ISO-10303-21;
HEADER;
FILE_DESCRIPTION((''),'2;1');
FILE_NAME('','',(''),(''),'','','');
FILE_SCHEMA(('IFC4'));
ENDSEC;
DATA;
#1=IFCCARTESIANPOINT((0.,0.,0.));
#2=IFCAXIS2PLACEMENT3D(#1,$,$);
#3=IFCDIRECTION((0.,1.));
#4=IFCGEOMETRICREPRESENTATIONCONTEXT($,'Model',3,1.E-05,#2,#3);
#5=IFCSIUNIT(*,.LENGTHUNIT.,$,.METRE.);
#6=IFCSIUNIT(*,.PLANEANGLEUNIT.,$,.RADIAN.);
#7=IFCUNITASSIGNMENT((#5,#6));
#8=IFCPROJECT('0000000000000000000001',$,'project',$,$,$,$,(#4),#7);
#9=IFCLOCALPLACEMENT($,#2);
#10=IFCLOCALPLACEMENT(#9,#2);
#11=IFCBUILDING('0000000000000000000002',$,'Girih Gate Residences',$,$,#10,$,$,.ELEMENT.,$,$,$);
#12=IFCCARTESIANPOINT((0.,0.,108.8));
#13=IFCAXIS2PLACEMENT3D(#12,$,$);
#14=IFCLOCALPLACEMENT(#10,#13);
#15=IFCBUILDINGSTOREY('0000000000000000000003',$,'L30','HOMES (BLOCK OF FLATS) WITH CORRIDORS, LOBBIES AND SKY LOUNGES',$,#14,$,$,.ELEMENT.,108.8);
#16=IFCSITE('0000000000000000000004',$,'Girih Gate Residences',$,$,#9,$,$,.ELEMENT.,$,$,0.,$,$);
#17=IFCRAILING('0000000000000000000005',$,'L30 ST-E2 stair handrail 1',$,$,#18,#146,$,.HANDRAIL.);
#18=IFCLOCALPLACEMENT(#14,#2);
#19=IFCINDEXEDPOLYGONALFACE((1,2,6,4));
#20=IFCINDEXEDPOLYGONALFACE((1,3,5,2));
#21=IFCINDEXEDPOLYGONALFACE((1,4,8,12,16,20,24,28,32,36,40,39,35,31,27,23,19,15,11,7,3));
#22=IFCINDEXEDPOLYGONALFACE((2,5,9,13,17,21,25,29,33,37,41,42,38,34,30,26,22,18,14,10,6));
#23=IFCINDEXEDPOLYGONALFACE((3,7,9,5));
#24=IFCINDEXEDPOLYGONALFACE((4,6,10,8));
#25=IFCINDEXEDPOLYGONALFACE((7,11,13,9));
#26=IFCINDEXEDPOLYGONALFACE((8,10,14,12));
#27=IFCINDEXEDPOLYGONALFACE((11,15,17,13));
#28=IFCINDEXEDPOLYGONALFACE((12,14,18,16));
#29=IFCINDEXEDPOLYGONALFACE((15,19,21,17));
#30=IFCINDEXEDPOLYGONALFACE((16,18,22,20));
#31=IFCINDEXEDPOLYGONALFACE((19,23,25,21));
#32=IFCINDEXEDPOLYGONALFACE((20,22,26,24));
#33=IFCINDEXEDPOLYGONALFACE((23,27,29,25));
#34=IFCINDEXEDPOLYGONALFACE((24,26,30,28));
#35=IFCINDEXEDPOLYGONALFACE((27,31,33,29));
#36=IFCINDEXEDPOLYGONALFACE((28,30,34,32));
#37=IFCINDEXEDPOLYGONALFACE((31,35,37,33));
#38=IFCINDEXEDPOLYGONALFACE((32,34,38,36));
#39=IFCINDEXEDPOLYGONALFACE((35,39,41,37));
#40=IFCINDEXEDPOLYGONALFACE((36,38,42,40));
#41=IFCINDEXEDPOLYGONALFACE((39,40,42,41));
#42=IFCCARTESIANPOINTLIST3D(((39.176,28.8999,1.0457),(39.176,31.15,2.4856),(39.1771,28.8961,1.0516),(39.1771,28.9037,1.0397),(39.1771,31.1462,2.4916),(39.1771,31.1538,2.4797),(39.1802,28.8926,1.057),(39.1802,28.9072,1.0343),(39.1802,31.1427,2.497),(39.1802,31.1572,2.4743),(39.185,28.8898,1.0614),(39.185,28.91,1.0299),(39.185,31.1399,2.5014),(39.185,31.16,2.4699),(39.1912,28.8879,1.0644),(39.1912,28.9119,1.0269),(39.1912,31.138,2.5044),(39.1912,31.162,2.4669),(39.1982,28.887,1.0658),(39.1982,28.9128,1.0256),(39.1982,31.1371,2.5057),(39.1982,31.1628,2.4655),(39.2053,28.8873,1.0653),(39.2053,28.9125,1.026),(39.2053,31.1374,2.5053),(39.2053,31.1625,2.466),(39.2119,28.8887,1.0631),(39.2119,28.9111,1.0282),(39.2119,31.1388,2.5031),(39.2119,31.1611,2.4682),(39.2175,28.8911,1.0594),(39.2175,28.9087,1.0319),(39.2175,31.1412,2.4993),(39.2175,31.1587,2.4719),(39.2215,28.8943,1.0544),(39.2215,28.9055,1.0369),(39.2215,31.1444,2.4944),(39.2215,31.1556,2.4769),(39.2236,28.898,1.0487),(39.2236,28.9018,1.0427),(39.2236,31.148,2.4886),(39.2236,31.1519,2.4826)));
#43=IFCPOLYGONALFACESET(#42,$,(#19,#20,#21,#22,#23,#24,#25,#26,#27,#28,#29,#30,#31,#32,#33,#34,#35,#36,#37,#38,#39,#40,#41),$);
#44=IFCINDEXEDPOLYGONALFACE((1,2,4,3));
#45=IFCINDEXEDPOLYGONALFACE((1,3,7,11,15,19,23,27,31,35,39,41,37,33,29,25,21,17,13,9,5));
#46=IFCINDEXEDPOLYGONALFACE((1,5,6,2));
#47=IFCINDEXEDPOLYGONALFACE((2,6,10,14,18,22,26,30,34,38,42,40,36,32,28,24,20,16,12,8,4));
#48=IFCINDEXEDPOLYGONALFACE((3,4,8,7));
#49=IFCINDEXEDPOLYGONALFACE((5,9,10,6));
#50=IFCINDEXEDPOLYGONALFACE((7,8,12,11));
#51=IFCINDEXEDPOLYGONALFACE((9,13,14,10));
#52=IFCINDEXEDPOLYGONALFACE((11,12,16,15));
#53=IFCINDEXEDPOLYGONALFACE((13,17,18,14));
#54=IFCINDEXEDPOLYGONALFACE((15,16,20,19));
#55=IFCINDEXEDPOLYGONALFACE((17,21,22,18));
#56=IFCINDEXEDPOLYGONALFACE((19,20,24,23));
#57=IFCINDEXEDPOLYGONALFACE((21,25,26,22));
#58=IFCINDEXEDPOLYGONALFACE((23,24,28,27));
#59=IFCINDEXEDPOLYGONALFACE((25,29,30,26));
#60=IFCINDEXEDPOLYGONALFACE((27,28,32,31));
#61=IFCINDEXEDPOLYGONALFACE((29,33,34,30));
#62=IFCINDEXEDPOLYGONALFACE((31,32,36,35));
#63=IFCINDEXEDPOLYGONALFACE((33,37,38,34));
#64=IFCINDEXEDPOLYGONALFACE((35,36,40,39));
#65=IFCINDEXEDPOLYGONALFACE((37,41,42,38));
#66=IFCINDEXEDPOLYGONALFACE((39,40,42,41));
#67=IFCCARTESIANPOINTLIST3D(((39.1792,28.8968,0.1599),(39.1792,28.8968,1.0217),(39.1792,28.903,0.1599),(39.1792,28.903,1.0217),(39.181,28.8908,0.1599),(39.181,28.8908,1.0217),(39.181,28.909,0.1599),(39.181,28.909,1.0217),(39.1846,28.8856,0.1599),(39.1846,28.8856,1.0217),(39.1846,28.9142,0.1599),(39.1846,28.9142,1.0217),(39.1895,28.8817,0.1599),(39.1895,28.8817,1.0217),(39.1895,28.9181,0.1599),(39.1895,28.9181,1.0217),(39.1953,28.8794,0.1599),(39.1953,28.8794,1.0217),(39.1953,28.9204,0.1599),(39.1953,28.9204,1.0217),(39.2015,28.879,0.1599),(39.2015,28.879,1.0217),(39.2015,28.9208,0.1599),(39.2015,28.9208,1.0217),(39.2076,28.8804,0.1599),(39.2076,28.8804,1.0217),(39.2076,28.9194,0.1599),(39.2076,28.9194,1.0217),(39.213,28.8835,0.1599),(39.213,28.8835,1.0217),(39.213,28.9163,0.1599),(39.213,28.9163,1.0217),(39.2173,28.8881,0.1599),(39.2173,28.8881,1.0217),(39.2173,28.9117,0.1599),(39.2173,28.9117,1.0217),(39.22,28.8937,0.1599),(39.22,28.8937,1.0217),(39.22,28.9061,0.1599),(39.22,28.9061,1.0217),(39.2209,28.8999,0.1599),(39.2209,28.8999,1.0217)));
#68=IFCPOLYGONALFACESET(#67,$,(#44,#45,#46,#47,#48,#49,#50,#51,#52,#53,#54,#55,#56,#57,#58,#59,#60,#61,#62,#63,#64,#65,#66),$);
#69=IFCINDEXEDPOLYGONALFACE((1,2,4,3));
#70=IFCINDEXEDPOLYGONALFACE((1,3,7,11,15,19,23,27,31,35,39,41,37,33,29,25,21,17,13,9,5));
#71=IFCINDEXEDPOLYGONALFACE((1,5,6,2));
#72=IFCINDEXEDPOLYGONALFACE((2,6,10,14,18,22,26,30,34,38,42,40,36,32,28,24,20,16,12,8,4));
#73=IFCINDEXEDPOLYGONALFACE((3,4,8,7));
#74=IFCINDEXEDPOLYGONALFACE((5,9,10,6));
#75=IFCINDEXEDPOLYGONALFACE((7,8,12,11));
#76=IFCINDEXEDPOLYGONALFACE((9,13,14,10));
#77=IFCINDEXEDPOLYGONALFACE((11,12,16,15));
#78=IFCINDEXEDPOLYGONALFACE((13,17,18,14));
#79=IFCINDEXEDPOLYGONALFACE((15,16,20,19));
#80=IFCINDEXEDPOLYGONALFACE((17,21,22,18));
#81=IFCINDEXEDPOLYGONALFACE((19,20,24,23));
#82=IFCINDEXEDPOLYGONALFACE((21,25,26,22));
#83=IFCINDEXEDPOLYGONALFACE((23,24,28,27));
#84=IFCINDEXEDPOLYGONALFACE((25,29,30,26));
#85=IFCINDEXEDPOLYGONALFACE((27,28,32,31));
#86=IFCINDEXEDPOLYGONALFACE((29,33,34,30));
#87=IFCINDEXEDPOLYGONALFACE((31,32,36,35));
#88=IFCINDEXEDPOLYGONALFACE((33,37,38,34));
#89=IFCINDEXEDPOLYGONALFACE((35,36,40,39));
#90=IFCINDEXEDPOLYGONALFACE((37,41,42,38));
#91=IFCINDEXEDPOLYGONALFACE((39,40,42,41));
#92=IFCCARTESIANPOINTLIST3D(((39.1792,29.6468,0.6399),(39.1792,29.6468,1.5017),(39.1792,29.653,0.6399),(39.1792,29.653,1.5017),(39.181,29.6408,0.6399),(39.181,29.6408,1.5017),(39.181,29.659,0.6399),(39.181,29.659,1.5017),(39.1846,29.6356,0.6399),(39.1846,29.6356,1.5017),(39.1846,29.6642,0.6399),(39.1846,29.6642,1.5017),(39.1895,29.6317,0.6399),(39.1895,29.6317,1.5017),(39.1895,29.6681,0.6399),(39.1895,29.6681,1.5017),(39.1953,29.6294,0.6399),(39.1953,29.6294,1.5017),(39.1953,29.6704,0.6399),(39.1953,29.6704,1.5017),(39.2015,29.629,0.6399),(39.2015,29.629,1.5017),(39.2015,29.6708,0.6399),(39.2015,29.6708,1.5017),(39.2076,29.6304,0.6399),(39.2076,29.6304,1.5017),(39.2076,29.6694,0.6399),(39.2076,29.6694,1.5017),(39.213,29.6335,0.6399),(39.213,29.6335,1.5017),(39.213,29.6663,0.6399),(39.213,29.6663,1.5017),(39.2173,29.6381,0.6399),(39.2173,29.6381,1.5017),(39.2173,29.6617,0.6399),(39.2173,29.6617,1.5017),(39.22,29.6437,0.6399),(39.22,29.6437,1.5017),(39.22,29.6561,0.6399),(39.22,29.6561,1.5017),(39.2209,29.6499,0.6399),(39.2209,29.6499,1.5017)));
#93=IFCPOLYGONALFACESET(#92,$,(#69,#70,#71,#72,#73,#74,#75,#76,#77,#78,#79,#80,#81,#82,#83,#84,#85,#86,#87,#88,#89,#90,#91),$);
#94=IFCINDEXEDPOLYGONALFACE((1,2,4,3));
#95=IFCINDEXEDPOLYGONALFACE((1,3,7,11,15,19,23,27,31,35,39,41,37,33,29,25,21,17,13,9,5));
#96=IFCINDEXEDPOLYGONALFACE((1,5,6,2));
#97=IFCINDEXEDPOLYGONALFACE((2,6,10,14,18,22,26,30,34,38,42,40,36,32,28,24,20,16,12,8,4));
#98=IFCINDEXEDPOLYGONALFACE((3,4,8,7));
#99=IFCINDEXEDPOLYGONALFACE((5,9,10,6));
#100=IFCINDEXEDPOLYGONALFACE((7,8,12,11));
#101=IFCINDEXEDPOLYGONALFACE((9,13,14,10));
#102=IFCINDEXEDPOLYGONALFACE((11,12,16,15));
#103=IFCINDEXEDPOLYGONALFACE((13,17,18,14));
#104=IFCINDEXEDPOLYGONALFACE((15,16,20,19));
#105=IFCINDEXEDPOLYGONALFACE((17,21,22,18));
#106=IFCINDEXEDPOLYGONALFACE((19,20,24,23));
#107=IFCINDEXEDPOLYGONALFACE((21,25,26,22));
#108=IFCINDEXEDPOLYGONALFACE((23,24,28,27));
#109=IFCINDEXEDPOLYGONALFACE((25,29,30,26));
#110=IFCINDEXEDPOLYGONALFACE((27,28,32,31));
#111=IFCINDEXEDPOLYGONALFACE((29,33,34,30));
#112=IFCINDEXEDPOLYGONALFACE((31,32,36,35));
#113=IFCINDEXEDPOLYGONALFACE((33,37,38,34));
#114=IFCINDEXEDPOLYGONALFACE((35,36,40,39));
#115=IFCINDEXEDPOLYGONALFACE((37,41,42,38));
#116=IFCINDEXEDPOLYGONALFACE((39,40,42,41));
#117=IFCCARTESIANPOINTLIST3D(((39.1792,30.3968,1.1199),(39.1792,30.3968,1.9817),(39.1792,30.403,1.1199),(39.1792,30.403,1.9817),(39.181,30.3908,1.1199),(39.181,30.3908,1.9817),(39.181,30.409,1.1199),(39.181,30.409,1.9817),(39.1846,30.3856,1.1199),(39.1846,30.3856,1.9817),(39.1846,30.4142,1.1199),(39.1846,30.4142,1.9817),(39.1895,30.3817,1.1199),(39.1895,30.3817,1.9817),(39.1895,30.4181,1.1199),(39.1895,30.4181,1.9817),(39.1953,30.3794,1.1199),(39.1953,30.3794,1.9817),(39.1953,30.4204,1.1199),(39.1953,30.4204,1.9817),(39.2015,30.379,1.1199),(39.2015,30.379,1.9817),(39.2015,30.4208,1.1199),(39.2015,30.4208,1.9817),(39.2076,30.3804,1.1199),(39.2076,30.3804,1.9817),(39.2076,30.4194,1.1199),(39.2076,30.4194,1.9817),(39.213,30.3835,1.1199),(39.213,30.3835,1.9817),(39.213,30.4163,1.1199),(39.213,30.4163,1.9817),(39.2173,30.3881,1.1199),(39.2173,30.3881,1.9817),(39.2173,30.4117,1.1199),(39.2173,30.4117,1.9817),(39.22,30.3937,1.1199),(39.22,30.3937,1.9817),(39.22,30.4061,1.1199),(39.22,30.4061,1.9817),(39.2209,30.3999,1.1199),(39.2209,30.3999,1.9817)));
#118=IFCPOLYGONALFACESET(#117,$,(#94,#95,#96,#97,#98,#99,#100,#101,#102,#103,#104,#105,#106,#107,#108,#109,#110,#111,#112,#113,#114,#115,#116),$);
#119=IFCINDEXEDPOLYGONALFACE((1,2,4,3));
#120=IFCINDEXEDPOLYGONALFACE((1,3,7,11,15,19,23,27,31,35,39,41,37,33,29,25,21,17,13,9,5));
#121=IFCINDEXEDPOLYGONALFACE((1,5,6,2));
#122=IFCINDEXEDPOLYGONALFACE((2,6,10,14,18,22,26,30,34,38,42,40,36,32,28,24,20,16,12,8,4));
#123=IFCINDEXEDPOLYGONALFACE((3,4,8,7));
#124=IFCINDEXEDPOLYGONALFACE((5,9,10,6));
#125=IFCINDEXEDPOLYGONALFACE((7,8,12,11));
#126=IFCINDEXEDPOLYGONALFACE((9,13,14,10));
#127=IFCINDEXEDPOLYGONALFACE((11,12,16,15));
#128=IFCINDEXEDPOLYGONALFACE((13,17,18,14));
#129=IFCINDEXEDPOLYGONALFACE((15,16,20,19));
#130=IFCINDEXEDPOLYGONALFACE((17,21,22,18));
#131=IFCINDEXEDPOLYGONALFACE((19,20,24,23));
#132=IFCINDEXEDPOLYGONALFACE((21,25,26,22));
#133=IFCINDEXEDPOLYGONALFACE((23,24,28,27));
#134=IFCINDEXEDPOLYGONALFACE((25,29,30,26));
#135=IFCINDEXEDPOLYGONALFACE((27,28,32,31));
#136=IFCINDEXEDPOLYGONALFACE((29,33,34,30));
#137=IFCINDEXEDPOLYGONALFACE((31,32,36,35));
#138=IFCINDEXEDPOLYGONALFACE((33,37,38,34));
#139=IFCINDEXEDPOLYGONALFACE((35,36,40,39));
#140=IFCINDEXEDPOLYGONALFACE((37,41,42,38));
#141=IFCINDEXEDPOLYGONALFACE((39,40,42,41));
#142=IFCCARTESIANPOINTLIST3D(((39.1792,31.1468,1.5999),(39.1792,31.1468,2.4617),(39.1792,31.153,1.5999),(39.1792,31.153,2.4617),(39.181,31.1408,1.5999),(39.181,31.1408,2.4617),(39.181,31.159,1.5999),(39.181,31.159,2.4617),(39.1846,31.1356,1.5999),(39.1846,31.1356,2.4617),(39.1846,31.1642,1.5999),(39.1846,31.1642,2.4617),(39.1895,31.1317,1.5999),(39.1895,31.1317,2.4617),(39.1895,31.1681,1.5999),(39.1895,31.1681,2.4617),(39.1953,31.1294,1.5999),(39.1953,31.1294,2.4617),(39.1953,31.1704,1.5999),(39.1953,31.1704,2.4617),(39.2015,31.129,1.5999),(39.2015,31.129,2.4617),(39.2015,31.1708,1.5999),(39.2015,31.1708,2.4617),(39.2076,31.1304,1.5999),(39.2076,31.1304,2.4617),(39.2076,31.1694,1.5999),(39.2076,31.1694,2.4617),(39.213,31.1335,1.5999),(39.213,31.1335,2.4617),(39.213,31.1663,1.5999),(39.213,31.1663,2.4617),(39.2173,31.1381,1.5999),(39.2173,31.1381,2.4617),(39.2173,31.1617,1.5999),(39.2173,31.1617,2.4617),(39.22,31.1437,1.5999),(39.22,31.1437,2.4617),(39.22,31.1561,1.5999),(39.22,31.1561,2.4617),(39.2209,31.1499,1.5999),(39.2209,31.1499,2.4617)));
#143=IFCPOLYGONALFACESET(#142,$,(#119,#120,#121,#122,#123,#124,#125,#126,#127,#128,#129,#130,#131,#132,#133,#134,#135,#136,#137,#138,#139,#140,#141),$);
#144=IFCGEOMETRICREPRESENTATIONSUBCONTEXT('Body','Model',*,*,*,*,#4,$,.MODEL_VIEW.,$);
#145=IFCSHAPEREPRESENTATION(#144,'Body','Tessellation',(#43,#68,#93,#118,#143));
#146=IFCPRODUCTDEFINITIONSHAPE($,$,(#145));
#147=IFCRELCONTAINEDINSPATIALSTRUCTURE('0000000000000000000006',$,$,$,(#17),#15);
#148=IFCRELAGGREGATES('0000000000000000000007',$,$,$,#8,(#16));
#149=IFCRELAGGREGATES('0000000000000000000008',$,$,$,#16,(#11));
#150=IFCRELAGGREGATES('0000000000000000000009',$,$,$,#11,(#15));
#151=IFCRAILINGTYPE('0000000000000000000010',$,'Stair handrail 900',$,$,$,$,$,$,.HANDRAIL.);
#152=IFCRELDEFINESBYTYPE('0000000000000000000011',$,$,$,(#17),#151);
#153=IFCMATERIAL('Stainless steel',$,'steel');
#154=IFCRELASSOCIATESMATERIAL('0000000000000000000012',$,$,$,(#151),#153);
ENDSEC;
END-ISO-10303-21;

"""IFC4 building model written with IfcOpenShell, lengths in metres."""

from ifc_helpers import new_model, si_unit, direction, frame, origin, origin_2d, place, context, subcontext, project, spatial, circle, extrude, material, type_object, element, save


model = new_model("IFC4")

# Units and contexts
model_context = context("Model", 3, precision=1e-05, world=origin(), true_north=direction((0.0, 1.0)))
body_context = subcontext(model_context, "Body", "Model", "MODEL_VIEW")
ifc_project = project(units=[si_unit("LENGTHUNIT", "METRE"), si_unit("PLANEANGLEUNIT", "RADIAN")], contexts=[model_context])

# Site, building, storey
site_placement = place(None, origin())
site = spatial("IfcSite", under=ifc_project, at=site_placement, Name="Girih Gate Residences", CompositionType="ELEMENT", RefElevation=0.0)
building_placement = place(site_placement, origin())
building = spatial("IfcBuilding", under=site, at=building_placement, Name="Girih Gate Residences", CompositionType="ELEMENT")
storey_placement = place(building_placement, frame((0.0, 0.0, 108.8)))
storey = spatial("IfcBuildingStorey", under=building, at=storey_placement, Name="L30", Description="HOMES (BLOCK OF FLATS) WITH CORRIDORS, LOBBIES AND SKY LOUNGES", CompositionType="ELEMENT", Elevation=108.8)

# Railing
ifc_material_1 = material(Name="Stainless steel", Category="steel")
railing_type_1 = type_object("IfcRailingType", Name="Stair handrail 900", PredefinedType="HANDRAIL", material=ifc_material_1)
railing_1_placement = place(storey_placement, frame((39.2, 28.8999, 0.1599)))
element("IfcRailing", 1, at=railing_1_placement, inside=storey, type_object=railing_type_1, Name="L30 ST-E2 stair handrail 1", PredefinedType="HANDRAIL", context=body_context, shape_type="SweptSolid", body=[
    extrude(circle(Radius=0.0239, at=origin_2d()), frame((0.0, 0.0, 0.8857), z_axis=(0.0, 0.842281, 0.539038), x_axis=(-1.0, 0.0, 0.0)), (0.0, 0.0, 1.0), 2.6714),
    extrude(circle(Radius=0.021, at=origin_2d()), origin(), (0.0, 0.0, 1.0), 0.8618),
    extrude(circle(Radius=0.021, at=origin_2d()), frame((0.0, 0.75, 0.48)), (0.0, 0.0, 1.0), 0.8618),
    extrude(circle(Radius=0.021, at=origin_2d()), frame((0.0, 1.5, 0.96)), (0.0, 0.0, 1.0), 0.8618),
    extrude(circle(Radius=0.021, at=origin_2d()), frame((0.0, 2.25, 1.4399)), (0.0, 0.0, 1.0), 0.8618),
])

save(model, "model.ifc")
